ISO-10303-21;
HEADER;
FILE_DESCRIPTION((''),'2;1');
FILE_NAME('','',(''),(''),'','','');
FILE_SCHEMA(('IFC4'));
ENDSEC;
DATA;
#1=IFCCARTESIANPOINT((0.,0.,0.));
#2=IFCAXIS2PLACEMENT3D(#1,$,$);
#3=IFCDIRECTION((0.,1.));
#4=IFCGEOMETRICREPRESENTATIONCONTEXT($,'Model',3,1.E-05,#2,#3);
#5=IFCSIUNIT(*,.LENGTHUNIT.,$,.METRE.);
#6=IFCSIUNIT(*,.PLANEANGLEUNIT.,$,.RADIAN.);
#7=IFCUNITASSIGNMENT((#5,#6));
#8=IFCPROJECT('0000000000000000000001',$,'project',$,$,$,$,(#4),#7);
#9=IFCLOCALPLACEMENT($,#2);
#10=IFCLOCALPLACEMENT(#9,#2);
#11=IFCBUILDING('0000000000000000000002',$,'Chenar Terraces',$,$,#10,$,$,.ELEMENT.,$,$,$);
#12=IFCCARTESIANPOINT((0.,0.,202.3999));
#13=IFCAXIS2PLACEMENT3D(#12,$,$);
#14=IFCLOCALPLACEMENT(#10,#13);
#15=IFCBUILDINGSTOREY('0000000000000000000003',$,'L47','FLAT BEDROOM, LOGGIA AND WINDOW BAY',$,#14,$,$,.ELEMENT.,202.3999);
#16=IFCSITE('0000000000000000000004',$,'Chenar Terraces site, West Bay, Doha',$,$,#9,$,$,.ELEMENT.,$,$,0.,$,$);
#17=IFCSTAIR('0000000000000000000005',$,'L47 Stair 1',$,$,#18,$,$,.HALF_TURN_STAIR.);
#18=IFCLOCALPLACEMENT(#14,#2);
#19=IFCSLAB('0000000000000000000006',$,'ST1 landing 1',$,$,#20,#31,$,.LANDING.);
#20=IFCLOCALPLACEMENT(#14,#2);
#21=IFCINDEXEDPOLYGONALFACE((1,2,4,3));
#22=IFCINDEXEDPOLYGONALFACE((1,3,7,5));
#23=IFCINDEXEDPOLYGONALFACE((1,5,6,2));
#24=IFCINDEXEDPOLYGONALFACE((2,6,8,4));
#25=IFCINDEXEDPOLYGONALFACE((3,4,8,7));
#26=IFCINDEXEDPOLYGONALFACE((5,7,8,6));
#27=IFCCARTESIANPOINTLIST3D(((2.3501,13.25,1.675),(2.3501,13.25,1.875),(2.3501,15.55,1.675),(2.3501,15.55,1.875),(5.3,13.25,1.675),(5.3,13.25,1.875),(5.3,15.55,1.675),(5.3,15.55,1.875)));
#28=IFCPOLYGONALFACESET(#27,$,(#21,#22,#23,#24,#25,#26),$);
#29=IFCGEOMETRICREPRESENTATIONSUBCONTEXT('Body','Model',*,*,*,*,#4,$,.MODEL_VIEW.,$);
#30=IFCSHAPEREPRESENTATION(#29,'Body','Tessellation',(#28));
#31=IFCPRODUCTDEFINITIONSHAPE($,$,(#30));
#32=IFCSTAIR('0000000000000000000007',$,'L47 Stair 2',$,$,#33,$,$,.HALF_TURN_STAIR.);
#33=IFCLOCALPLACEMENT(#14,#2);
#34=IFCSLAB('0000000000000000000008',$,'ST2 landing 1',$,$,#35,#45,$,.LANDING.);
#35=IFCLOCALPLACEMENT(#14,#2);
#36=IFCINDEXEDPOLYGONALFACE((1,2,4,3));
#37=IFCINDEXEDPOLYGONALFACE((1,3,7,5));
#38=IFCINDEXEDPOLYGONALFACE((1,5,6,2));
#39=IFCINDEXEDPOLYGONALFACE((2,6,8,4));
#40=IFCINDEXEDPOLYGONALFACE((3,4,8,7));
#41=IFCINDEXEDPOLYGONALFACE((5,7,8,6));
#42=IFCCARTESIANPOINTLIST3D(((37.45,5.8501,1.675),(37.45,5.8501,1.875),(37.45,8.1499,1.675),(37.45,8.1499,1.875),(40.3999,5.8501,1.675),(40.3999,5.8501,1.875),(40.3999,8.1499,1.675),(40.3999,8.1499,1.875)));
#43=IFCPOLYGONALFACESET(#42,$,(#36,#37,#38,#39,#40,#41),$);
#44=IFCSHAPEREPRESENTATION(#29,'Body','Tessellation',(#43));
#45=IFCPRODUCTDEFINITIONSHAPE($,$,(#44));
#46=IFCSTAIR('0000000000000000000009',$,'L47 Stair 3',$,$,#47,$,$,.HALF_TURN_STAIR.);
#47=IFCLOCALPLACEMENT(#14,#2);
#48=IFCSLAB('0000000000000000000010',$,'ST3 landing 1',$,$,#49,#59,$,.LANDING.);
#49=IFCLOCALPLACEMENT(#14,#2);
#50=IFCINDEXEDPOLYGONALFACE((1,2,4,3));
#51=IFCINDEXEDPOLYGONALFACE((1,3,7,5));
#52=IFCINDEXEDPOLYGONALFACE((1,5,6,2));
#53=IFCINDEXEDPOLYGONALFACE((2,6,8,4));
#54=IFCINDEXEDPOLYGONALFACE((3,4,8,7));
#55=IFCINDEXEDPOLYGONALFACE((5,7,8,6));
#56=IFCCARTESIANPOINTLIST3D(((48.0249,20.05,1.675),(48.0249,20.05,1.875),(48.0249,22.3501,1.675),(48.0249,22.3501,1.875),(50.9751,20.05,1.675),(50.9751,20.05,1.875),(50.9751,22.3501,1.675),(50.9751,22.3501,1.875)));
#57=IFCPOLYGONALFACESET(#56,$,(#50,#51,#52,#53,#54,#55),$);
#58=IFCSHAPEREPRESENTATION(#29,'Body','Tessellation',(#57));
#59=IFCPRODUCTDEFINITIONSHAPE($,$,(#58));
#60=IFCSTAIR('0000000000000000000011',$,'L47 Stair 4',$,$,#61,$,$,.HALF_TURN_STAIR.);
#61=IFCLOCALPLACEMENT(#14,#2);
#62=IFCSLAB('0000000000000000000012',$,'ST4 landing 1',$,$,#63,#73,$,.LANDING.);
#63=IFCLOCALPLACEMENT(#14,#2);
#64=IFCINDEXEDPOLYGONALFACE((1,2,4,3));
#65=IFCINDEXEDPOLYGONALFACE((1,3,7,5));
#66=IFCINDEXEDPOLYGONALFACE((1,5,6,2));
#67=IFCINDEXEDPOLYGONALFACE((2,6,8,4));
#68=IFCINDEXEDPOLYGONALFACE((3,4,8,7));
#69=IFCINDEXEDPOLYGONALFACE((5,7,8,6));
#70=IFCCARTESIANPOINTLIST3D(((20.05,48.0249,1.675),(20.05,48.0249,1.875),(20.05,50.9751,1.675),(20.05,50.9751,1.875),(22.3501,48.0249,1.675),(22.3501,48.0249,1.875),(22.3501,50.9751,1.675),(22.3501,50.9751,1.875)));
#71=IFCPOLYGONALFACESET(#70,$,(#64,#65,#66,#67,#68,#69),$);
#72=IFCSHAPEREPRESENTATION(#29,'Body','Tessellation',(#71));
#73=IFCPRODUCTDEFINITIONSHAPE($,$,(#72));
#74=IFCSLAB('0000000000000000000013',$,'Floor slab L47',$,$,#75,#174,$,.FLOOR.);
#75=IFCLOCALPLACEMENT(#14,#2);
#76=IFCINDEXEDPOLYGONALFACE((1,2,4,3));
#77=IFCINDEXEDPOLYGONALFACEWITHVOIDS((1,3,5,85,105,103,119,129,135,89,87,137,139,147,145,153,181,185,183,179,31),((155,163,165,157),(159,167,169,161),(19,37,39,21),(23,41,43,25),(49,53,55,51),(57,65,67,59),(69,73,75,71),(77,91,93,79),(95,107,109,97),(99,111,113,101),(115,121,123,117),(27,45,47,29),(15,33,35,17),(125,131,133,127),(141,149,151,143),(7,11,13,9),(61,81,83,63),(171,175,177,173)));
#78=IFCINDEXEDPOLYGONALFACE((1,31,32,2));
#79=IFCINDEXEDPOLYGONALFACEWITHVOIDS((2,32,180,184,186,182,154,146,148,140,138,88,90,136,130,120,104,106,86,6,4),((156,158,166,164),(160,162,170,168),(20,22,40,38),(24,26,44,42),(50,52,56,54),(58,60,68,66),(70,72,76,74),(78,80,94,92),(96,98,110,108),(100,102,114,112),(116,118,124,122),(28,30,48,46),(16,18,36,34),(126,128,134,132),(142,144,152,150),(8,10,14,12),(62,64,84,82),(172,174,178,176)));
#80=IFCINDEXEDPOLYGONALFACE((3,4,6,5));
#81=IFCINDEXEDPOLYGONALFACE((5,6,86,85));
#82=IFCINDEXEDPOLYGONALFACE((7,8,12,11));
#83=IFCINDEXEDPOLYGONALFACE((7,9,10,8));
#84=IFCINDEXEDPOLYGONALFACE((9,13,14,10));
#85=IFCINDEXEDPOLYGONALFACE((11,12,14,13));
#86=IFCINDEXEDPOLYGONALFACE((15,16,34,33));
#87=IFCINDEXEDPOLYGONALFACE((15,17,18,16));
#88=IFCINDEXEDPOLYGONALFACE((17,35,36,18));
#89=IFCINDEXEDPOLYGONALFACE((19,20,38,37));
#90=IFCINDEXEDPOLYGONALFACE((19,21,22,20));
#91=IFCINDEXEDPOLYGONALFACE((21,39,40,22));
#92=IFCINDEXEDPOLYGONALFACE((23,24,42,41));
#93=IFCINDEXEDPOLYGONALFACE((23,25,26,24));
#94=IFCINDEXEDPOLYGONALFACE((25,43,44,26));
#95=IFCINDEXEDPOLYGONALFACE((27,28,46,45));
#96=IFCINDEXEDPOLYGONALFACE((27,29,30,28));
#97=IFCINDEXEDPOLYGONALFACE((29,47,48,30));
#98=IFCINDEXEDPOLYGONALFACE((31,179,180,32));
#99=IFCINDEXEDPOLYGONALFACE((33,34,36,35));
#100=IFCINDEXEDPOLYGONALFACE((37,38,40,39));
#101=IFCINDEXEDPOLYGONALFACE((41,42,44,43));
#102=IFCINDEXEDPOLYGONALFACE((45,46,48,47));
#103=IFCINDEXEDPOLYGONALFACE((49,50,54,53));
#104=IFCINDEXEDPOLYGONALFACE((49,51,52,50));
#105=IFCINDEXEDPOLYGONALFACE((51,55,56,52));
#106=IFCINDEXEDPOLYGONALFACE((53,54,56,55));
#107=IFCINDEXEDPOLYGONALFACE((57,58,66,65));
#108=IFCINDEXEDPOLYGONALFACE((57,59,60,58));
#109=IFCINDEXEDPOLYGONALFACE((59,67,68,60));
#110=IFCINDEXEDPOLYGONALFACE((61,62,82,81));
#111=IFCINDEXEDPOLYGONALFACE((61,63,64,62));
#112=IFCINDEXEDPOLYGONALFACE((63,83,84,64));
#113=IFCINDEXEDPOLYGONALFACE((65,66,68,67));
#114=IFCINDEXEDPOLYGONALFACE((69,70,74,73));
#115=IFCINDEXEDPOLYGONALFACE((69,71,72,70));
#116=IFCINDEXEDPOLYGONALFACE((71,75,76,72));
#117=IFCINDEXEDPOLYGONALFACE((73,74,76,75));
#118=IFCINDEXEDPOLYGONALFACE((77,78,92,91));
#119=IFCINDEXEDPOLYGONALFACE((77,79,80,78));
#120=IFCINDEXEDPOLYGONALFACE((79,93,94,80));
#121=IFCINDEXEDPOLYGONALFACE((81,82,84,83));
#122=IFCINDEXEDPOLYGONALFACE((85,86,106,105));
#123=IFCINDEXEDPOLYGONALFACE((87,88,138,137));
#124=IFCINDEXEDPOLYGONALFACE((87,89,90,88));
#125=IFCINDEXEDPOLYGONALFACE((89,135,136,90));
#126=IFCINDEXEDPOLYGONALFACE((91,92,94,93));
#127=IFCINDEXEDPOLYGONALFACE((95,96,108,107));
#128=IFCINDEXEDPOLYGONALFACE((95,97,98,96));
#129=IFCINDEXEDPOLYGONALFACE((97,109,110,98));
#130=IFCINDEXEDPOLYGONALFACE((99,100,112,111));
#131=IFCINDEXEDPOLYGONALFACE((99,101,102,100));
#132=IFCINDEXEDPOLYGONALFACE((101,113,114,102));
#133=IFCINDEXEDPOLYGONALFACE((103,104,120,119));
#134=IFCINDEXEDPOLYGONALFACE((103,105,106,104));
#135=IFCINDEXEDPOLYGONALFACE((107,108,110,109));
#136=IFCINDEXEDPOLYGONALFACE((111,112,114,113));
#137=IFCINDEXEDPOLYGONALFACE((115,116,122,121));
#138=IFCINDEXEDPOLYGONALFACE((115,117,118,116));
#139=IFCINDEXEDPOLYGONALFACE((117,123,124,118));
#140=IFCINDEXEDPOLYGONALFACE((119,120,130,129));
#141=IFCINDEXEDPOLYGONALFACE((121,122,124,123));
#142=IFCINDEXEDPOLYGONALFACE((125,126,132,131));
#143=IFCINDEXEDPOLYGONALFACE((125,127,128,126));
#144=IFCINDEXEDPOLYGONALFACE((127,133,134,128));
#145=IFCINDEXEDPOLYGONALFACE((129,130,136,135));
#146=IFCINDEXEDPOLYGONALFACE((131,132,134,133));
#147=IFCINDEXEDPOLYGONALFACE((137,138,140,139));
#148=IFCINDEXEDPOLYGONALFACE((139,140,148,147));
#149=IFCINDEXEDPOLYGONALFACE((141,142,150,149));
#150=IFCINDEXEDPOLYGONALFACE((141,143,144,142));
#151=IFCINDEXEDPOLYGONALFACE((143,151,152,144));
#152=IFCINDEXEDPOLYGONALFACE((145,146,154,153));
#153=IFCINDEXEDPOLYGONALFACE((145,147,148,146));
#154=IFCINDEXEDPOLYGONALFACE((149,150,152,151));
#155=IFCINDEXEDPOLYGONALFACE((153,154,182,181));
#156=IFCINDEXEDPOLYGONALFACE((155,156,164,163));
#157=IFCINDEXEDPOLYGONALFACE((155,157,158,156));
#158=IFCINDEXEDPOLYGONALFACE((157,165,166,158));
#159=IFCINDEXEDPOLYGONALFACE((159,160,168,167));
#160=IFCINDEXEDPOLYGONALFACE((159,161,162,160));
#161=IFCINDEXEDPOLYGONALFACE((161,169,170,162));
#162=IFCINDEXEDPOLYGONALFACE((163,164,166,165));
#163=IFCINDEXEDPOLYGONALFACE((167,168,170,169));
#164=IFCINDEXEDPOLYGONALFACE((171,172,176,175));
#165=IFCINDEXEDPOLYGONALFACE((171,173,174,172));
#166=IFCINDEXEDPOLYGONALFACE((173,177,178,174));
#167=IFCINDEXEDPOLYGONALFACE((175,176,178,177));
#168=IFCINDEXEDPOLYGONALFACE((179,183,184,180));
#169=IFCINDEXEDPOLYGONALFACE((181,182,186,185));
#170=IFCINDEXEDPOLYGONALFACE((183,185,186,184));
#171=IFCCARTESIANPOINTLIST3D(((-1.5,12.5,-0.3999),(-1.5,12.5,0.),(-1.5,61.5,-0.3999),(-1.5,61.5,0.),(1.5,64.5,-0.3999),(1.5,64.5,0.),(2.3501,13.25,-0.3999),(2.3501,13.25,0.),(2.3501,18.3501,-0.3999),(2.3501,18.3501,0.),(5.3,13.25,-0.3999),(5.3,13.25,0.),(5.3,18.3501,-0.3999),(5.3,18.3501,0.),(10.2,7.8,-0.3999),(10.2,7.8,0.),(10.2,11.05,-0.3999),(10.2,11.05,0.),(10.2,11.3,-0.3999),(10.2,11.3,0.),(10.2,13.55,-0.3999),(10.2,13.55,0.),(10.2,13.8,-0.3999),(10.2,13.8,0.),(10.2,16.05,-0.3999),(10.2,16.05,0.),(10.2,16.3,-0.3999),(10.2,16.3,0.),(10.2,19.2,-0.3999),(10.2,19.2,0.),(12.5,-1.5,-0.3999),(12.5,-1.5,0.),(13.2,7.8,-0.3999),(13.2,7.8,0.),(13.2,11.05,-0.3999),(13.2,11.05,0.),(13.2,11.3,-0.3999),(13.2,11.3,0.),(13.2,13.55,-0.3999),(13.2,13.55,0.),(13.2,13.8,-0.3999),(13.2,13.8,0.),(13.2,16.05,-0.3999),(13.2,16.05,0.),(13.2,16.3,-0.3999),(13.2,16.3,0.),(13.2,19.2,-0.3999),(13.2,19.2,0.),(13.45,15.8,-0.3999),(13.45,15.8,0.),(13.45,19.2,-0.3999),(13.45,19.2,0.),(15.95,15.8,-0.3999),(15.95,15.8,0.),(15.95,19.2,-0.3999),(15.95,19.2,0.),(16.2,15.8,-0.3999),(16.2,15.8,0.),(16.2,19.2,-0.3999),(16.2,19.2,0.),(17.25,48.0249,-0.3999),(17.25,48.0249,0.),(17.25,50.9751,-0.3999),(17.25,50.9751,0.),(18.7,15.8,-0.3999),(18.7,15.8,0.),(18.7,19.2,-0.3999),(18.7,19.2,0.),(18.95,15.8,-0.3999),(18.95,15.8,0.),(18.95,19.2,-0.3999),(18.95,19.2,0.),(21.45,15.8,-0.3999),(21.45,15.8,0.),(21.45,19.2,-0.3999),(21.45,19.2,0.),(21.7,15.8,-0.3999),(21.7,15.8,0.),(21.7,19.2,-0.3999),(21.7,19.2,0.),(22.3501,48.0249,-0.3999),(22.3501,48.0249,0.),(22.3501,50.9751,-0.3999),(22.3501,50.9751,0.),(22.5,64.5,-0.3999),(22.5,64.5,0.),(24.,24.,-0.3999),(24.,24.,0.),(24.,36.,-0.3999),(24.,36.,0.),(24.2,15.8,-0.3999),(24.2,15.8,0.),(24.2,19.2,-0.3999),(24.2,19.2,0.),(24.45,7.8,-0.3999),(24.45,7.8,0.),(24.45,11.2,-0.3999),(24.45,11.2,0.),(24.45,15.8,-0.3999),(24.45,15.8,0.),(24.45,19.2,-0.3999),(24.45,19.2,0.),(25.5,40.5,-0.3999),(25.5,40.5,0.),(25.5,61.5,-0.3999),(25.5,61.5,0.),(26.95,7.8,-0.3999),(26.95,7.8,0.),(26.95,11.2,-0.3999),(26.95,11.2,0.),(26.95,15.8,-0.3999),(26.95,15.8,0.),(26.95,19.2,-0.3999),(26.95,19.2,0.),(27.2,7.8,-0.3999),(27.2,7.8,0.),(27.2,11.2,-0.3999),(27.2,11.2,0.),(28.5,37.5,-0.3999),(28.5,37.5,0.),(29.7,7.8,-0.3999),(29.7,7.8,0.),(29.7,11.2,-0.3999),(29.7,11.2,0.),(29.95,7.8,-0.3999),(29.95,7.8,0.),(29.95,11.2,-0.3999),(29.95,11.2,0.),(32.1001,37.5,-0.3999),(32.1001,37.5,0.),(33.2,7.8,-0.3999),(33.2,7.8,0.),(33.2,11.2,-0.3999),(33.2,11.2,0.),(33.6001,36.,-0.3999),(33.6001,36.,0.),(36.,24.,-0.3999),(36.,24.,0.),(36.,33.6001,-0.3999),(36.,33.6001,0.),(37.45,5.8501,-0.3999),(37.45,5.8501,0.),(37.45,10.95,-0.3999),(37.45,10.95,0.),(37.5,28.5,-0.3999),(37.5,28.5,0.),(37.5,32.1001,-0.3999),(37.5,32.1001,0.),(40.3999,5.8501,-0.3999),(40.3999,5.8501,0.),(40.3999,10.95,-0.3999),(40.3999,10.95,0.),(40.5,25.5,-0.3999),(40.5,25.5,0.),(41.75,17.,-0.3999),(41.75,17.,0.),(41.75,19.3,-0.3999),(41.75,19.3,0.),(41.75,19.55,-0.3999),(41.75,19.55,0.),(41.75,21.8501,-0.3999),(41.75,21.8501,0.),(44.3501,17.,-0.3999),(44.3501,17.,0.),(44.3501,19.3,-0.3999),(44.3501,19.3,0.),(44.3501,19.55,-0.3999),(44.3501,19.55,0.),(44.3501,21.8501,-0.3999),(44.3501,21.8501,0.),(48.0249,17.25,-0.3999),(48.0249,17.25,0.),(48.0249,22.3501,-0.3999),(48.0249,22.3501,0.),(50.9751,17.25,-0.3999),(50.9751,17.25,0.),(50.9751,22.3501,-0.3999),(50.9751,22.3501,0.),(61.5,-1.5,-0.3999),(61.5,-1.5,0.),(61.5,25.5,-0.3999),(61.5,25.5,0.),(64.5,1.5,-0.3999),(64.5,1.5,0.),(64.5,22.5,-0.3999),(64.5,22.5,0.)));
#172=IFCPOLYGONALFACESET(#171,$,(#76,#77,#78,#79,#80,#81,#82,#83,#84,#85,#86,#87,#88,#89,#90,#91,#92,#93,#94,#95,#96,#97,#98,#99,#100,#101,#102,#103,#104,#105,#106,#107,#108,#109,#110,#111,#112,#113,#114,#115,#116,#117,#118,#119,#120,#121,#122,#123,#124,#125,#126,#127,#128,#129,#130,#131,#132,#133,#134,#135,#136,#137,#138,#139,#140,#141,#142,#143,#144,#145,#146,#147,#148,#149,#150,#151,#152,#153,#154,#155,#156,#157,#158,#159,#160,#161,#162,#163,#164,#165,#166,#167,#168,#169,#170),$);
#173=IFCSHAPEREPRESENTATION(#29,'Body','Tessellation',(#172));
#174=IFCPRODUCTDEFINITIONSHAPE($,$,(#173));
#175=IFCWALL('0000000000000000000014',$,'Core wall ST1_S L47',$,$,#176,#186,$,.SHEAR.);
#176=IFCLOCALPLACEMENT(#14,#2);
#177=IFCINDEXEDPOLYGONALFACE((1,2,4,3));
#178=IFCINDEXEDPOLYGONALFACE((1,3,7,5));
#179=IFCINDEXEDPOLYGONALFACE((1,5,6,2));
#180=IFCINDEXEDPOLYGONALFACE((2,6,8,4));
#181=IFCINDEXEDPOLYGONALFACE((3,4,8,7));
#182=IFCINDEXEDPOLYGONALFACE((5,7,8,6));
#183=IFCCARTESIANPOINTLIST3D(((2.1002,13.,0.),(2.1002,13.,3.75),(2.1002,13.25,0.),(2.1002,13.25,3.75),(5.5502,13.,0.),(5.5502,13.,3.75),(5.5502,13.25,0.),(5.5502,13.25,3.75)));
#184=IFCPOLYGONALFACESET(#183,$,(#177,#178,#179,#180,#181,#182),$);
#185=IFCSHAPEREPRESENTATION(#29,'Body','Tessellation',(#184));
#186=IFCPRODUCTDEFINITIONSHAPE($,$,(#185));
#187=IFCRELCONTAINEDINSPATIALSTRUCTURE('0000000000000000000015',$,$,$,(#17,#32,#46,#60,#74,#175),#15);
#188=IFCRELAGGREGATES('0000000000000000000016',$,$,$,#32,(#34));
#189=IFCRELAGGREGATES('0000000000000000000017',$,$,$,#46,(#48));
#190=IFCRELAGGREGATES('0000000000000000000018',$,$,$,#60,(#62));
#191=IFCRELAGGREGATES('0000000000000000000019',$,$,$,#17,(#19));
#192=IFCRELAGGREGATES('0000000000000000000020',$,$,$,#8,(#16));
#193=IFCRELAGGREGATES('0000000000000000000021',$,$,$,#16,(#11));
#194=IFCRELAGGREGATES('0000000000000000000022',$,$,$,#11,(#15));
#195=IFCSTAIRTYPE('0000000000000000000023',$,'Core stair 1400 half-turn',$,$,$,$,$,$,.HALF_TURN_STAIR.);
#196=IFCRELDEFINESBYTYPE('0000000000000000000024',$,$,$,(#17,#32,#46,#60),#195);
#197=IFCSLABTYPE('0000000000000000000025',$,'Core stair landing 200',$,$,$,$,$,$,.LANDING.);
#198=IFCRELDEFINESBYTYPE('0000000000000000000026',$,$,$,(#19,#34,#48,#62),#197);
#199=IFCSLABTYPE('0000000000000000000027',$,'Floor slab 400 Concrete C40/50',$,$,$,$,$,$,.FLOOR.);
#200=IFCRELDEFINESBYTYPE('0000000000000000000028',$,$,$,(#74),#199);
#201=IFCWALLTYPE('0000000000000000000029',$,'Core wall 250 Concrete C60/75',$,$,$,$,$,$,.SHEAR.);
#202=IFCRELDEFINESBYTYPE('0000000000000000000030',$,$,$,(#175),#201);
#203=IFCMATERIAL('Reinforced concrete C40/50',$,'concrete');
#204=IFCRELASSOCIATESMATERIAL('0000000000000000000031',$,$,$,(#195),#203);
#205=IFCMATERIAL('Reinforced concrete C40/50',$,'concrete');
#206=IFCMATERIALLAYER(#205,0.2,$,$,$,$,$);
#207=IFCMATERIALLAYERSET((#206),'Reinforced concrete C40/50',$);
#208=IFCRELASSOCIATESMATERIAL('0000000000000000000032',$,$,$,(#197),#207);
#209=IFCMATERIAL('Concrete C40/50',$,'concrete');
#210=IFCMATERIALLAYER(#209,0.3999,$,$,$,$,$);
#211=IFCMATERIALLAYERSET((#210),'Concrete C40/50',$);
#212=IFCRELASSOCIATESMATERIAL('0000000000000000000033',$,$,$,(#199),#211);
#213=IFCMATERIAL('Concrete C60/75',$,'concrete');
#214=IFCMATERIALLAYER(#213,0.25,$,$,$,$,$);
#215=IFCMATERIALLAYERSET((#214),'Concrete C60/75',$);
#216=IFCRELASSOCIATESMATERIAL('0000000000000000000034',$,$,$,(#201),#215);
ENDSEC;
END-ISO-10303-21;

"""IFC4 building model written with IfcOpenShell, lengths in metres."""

from ifc_helpers import new_model, si_unit, direction, frame, frame_2d, origin, place, context, subcontext, project, spatial, polyline, rectangle, outline, extrude, material, layer, layer_set, type_object, element, aggregate, save


model = new_model("IFC4")

# Units and contexts
model_context = context("Model", 3, precision=1e-05, world=origin(), true_north=direction((0.0, 1.0)))
body_context = subcontext(model_context, "Body", "Model", "MODEL_VIEW")
ifc_project = project(units=[si_unit("LENGTHUNIT", "METRE"), si_unit("PLANEANGLEUNIT", "RADIAN")], contexts=[model_context])

# Site, building, storey
site_placement = place(None, origin())
site = spatial("IfcSite", under=ifc_project, at=site_placement, Name="Chenar Terraces site, West Bay, Doha", CompositionType="ELEMENT", RefElevation=0.0)
building_placement = place(site_placement, origin())
building = spatial("IfcBuilding", under=site, at=building_placement, Name="Chenar Terraces", CompositionType="ELEMENT")
storey_placement = place(building_placement, frame((0.0, 0.0, 202.3999)))
storey = spatial("IfcBuildingStorey", under=building, at=storey_placement, Name="L47", Description="FLAT BEDROOM, LOGGIA AND WINDOW BAY", CompositionType="ELEMENT", Elevation=202.3999)

# Stairs, slabs
ifc_material_1 = material(Name="Reinforced concrete C40/50", Category="concrete")
stair_type = type_object("IfcStairType", Name="Core stair 1400 half-turn", PredefinedType="HALF_TURN_STAIR", material=ifc_material_1)
placement_1 = place(storey_placement, origin())
stair_1 = element("IfcStair", 1, at=placement_1, inside=storey, type_object=stair_type, Name="L47 Stair 1", PredefinedType="HALF_TURN_STAIR")
ifc_material_2 = material(Name="Reinforced concrete C40/50", Category="concrete")
ifc_layer_1 = layer(ifc_material_2, 0.2)
ifc_layer_set_1 = layer_set([ifc_layer_1], Name="Reinforced concrete C40/50")
slab_type_1 = type_object("IfcSlabType", Name="Core stair landing 200", PredefinedType="LANDING", material=ifc_layer_set_1)
placement_2 = place(storey_placement, frame((0.0, 0.0, 1.675)))
slab_1 = element("IfcSlab", 2, at=placement_2, type_object=slab_type_1, Name="ST1 landing 1", PredefinedType="LANDING", context=body_context, shape_type="SweptSolid", body=[
    extrude(outline(polyline([(2.3501, 15.55), (2.3501, 13.25), (5.3, 13.25), (5.3, 15.55), (2.3501, 15.55)])), origin(), (0.0, 0.0, 1.0), 0.2),
])
stair_2 = element("IfcStair", 3, at=placement_1, inside=storey, type_object=stair_type, Name="L47 Stair 2", PredefinedType="HALF_TURN_STAIR")
slab_2 = element("IfcSlab", 4, at=placement_2, type_object=slab_type_1, Name="ST2 landing 1", PredefinedType="LANDING", context=body_context, shape_type="SweptSolid", body=[
    extrude(outline(polyline([(37.45, 8.1499), (37.45, 5.8501), (40.3999, 5.8501), (40.3999, 8.1499), (37.45, 8.1499)])), origin(), (0.0, 0.0, 1.0), 0.2),
])
aggregate(stair_2, [slab_2])
stair_3 = element("IfcStair", 5, at=placement_1, inside=storey, type_object=stair_type, Name="L47 Stair 3", PredefinedType="HALF_TURN_STAIR")
slab_3 = element("IfcSlab", 6, at=placement_2, type_object=slab_type_1, Name="ST3 landing 1", PredefinedType="LANDING", context=body_context, shape_type="SweptSolid", body=[
    extrude(outline(polyline([(50.9751, 20.05), (50.9751, 22.3501), (48.0249, 22.3501), (48.0249, 20.05), (50.9751, 20.05)])), origin(), (0.0, 0.0, 1.0), 0.2),
])
aggregate(stair_3, [slab_3])
stair_4 = element("IfcStair", 7, at=placement_1, inside=storey, type_object=stair_type, Name="L47 Stair 4", PredefinedType="HALF_TURN_STAIR")
slab_4 = element("IfcSlab", 8, at=placement_2, type_object=slab_type_1, Name="ST4 landing 1", PredefinedType="LANDING", context=body_context, shape_type="SweptSolid", body=[
    extrude(outline(polyline([(20.05, 48.0249), (22.3501, 48.0249), (22.3501, 50.9751), (20.05, 50.9751), (20.05, 48.0249)])), origin(), (0.0, 0.0, 1.0), 0.2),
])
aggregate(stair_4, [slab_4])

# Slab
ifc_material_3 = material(Name="Concrete C40/50", Category="concrete")
ifc_layer_2 = layer(ifc_material_3, 0.3999)
ifc_layer_set_2 = layer_set([ifc_layer_2], Name="Concrete C40/50")
slab_type_2 = type_object("IfcSlabType", Name="Floor slab 400 Concrete C40/50", PredefinedType="FLOOR", material=ifc_layer_set_2)
slab_5_placement = place(storey_placement, frame((0.0, 0.0, -0.3999)))
element("IfcSlab", 9, at=slab_5_placement, inside=storey, type_object=slab_type_2, Name="Floor slab L47", PredefinedType="FLOOR", context=body_context, shape_type="SweptSolid", body=[
    extrude(outline(polyline([(64.5, 22.5), (64.5, 1.5), (61.5, -1.5), (12.5, -1.5), (-1.5, 12.5), (-1.5, 61.5), (1.5, 64.5), (22.5, 64.5), (25.5, 61.5), (25.5, 40.5), (28.5, 37.5), (32.1001, 37.5), (33.6001, 36.0), (24.0, 36.0), (24.0, 24.0), (36.0, 24.0), (36.0, 33.6001), (37.5, 32.1001), (37.5, 28.5), (40.5, 25.5), (61.5, 25.5), (64.5, 22.5)]), holes=[polyline([(13.2, 11.05), (10.2, 11.05), (10.2, 7.8), (13.2, 7.8), (13.2, 11.05)]), polyline([(13.2, 13.55), (10.2, 13.55), (10.2, 11.3), (13.2, 11.3), (13.2, 13.55)]), polyline([(13.2, 16.05), (10.2, 16.05), (10.2, 13.8), (13.2, 13.8), (13.2, 16.05)]), polyline([(2.3501, 13.25), (5.3, 13.25), (5.3, 18.3501), (2.3501, 18.3501), (2.3501, 13.25)]), polyline([(15.95, 19.2), (13.45, 19.2), (13.45, 15.8), (15.95, 15.8), (15.95, 19.2)]), polyline([(18.7, 19.2), (16.2, 19.2), (16.2, 15.8), (18.7, 15.8), (18.7, 19.2)]), polyline([(21.45, 19.2), (18.95, 19.2), (18.95, 15.8), (21.45, 15.8), (21.45, 19.2)]), polyline([(24.2, 15.8), (24.2, 19.2), (21.7, 19.2), (21.7, 15.8), (24.2, 15.8)]), polyline([(13.2, 16.3), (13.2, 19.2), (10.2, 19.2), (10.2, 16.3), (13.2, 16.3)]), polyline([(22.3501, 48.0249), (22.3501, 50.9751), (17.25, 50.9751), (17.25, 48.0249), (22.3501, 48.0249)]), polyline([(37.45, 5.8501), (40.3999, 5.8501), (40.3999, 10.95), (37.45, 10.95), (37.45, 5.8501)]), polyline([(26.95, 11.2), (24.45, 11.2), (24.45, 7.8), (26.95, 7.8), (26.95, 11.2)]), polyline([(29.7, 7.8), (29.7, 11.2), (27.2, 11.2), (27.2, 7.8), (29.7, 7.8)]), polyline([(33.2, 7.8), (33.2, 11.2), (29.95, 11.2), (29.95, 7.8), (33.2, 7.8)]), polyline([(26.95, 19.2), (24.45, 19.2), (24.45, 15.8), (26.95, 15.8), (26.95, 19.2)]), polyline([(44.3501, 19.3), (41.75, 19.3), (41.75, 17.0), (44.3501, 17.0), (44.3501, 19.3)]), polyline([(50.9751, 22.3501), (48.0249, 22.3501), (48.0249, 17.25), (50.9751, 17.25), (50.9751, 22.3501)]), polyline([(44.3501, 19.55), (44.3501, 21.8501), (41.75, 21.8501), (41.75, 19.55), (44.3501, 19.55)])]), origin(), (0.0, 0.0, 1.0), 0.3999),
])

# Wall
ifc_material_4 = material(Name="Concrete C60/75", Category="concrete")
ifc_layer_3 = layer(ifc_material_4, 0.25)
ifc_layer_set_3 = layer_set([ifc_layer_3], Name="Concrete C60/75")
wall_type_1 = type_object("IfcWallType", Name="Core wall 250 Concrete C60/75", PredefinedType="SHEAR", material=ifc_layer_set_3)
wall_1_placement = place(storey_placement, frame((2.1001, 13.125, 0.0), z_axis=(0.0, 0.0, 1.0), x_axis=(1.0, 0.0, 0.0)))
element("IfcWall", 10, at=wall_1_placement, inside=storey, type_object=wall_type_1, Name="Core wall ST1_S L47", PredefinedType="SHEAR", context=body_context, shape_type="SweptSolid", body=[
    extrude(rectangle(XDim=3.45, YDim=0.25, at=frame_2d((1.7251, 0.0))), origin(), (0.0, 0.0, 1.0), 3.75),
])

aggregate(stair_1, [slab_1])

save(model, "model.ifc")
